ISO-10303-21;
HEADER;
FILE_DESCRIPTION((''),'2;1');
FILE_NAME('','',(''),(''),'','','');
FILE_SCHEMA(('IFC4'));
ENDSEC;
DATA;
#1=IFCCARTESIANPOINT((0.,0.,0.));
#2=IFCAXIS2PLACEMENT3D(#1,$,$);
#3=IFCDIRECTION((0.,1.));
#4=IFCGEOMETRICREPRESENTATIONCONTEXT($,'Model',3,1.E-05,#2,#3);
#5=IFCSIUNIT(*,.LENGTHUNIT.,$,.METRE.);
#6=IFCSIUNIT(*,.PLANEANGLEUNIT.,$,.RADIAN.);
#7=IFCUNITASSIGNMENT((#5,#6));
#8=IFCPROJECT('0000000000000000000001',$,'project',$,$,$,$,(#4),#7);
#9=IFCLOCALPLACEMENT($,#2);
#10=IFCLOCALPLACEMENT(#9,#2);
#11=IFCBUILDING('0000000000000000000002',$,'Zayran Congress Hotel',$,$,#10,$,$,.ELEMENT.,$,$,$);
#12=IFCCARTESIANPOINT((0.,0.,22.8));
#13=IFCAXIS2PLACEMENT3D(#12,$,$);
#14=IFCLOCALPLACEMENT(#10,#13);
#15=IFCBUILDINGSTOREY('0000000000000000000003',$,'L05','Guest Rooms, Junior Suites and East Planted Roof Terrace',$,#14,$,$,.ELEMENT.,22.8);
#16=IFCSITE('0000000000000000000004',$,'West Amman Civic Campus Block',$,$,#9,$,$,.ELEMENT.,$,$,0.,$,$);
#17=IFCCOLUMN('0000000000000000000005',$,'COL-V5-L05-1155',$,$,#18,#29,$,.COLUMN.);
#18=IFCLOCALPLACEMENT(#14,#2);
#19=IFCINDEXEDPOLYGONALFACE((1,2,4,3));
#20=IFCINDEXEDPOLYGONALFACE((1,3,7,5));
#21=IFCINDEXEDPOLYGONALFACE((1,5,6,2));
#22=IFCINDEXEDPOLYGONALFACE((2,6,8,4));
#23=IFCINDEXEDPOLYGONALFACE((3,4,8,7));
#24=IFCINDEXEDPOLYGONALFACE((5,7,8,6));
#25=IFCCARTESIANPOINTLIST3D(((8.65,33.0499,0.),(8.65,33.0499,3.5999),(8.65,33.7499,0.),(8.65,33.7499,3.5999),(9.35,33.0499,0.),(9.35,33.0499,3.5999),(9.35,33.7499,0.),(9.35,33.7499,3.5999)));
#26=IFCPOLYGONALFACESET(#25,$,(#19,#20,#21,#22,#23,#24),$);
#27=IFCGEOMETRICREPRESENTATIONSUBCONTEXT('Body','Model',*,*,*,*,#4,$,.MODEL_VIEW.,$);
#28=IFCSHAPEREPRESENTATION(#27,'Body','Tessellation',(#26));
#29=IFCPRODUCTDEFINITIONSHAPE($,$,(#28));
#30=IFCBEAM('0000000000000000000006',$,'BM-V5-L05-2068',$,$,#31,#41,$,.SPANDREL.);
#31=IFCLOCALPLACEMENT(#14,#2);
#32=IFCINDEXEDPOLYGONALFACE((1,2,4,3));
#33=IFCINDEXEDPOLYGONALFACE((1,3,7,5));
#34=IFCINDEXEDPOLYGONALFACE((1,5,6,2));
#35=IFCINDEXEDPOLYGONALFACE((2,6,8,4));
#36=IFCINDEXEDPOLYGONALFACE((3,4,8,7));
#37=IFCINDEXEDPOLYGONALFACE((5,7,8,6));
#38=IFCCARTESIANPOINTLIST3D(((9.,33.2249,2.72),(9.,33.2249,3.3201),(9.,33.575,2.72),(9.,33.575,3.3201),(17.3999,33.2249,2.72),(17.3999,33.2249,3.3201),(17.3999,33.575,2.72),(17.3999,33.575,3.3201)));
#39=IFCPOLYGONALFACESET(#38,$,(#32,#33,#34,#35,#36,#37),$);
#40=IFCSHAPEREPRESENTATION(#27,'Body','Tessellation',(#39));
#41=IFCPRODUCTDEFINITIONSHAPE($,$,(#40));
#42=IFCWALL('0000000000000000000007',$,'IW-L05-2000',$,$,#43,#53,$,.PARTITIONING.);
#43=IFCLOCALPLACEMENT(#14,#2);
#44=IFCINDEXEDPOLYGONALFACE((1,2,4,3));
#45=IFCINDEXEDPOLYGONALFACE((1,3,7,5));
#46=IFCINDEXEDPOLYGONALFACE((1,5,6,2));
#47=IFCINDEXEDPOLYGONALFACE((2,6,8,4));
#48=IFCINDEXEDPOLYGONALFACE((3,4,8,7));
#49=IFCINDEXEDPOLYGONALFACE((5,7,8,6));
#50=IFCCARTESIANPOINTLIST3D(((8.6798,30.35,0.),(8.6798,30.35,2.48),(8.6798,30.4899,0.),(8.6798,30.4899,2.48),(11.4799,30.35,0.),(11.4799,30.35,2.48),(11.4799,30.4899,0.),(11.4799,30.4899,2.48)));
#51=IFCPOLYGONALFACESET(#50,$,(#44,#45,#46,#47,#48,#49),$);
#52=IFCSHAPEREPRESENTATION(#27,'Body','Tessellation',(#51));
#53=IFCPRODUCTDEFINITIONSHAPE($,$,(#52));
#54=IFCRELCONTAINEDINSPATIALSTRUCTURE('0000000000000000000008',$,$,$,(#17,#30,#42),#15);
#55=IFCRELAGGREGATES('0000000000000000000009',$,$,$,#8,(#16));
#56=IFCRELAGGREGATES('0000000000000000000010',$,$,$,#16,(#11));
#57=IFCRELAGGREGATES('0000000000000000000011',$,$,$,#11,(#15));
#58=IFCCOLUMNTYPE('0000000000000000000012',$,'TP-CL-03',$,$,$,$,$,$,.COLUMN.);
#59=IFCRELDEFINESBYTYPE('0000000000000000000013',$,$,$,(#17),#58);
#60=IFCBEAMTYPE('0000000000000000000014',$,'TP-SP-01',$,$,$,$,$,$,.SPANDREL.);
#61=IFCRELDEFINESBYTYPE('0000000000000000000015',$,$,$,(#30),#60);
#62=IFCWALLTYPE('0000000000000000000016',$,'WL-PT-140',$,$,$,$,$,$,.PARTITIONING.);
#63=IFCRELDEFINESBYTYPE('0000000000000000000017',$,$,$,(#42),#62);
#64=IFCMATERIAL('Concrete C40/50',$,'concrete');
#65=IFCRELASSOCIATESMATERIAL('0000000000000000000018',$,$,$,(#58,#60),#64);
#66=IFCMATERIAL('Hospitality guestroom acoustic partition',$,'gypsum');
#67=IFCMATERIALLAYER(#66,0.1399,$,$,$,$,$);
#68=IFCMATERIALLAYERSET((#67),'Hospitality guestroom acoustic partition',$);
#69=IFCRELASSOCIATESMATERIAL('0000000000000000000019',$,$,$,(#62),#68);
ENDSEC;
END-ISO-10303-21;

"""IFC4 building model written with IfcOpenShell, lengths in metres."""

from ifc_helpers import new_model, si_unit, direction, frame, frame_2d, origin, origin_2d, place, context, subcontext, project, spatial, rectangle, extrude, material, layer, layer_set, material_profile, profile_set, type_object, element, save


model = new_model("IFC4")

# Units and contexts
model_context = context("Model", 3, precision=1e-05, world=origin(), true_north=direction((0.0, 1.0)))
body_context = subcontext(model_context, "Body", "Model", "MODEL_VIEW")
ifc_project = project(units=[si_unit("LENGTHUNIT", "METRE"), si_unit("PLANEANGLEUNIT", "RADIAN")], contexts=[model_context])

# Site, building, storey
site_placement = place(None, origin())
site = spatial("IfcSite", under=ifc_project, at=site_placement, Name="West Amman Civic Campus Block", CompositionType="ELEMENT", RefElevation=0.0)
building_placement = place(site_placement, origin())
building = spatial("IfcBuilding", under=site, at=building_placement, Name="Zayran Congress Hotel", CompositionType="ELEMENT")
storey_placement = place(building_placement, frame((0.0, 0.0, 22.8)))
storey = spatial("IfcBuildingStorey", under=building, at=storey_placement, Name="L05", Description="Guest Rooms, Junior Suites and East Planted Roof Terrace", CompositionType="ELEMENT", Elevation=22.8)

# Column
ifc_material_1 = material(Name="Concrete C40/50", Category="concrete")
ifc_material_profile_1 = material_profile(ifc_material_1, rectangle(XDim=0.7, YDim=0.7, at=origin_2d()), Name="RC 700x700")
ifc_profile_set_1 = profile_set([ifc_material_profile_1], Name="Concrete C40/50")
column_type = type_object("IfcColumnType", Name="TP-CL-03", PredefinedType="COLUMN", material=ifc_profile_set_1)
column_placement = place(storey_placement, frame((9.0, 33.3999, 0.0), z_axis=(0.0, 0.0, 1.0), x_axis=(1.0, 0.0, 0.0)))
element("IfcColumn", 1, at=column_placement, inside=storey, type_object=column_type, Name="COL-V5-L05-1155", PredefinedType="COLUMN", context=body_context, shape_type="SweptSolid", body=[
    extrude(rectangle(XDim=0.7, YDim=0.7, at=origin_2d()), origin(), (0.0, 0.0, 1.0), 3.5999),
])

# Beam
ifc_material_profile_2 = material_profile(ifc_material_1, rectangle(XDim=0.3501, YDim=0.6001, at=origin_2d()), Name="RC 350x600")
ifc_profile_set_2 = profile_set([ifc_material_profile_2], Name="Concrete C40/50")
beam_type = type_object("IfcBeamType", Name="TP-SP-01", PredefinedType="SPANDREL", material=ifc_profile_set_2)
beam_placement = place(storey_placement, frame((9.0, 33.3999, 3.02), z_axis=(1.0, 0.0, 0.0), x_axis=(0.0, 1.0, 0.0)))
element("IfcBeam", 2, at=beam_placement, inside=storey, type_object=beam_type, Name="BM-V5-L05-2068", PredefinedType="SPANDREL", context=body_context, shape_type="SweptSolid", body=[
    extrude(rectangle(XDim=0.3501, YDim=0.6001, at=origin_2d()), origin(), (0.0, 0.0, 1.0), 8.3999),
])

# Wall
ifc_material_2 = material(Name="Hospitality guestroom acoustic partition", Category="gypsum")
ifc_layer_1 = layer(ifc_material_2, 0.1399)
ifc_layer_set_1 = layer_set([ifc_layer_1], Name="Hospitality guestroom acoustic partition")
wall_type_1 = type_object("IfcWallType", Name="WL-PT-140", PredefinedType="PARTITIONING", material=ifc_layer_set_1)
wall_1_placement = place(storey_placement, frame((8.6799, 30.4199, 0.0), z_axis=(0.0, 0.0, 1.0), x_axis=(1.0, 0.0, 0.0)))
element("IfcWall", 3, at=wall_1_placement, inside=storey, type_object=wall_type_1, Name="IW-L05-2000", PredefinedType="PARTITIONING", context=body_context, shape_type="SweptSolid", body=[
    extrude(rectangle(XDim=2.8, YDim=0.1399, at=frame_2d((1.3999, 0.0))), origin(), (0.0, 0.0, 1.0), 2.48),
])

save(model, "model.ifc")
